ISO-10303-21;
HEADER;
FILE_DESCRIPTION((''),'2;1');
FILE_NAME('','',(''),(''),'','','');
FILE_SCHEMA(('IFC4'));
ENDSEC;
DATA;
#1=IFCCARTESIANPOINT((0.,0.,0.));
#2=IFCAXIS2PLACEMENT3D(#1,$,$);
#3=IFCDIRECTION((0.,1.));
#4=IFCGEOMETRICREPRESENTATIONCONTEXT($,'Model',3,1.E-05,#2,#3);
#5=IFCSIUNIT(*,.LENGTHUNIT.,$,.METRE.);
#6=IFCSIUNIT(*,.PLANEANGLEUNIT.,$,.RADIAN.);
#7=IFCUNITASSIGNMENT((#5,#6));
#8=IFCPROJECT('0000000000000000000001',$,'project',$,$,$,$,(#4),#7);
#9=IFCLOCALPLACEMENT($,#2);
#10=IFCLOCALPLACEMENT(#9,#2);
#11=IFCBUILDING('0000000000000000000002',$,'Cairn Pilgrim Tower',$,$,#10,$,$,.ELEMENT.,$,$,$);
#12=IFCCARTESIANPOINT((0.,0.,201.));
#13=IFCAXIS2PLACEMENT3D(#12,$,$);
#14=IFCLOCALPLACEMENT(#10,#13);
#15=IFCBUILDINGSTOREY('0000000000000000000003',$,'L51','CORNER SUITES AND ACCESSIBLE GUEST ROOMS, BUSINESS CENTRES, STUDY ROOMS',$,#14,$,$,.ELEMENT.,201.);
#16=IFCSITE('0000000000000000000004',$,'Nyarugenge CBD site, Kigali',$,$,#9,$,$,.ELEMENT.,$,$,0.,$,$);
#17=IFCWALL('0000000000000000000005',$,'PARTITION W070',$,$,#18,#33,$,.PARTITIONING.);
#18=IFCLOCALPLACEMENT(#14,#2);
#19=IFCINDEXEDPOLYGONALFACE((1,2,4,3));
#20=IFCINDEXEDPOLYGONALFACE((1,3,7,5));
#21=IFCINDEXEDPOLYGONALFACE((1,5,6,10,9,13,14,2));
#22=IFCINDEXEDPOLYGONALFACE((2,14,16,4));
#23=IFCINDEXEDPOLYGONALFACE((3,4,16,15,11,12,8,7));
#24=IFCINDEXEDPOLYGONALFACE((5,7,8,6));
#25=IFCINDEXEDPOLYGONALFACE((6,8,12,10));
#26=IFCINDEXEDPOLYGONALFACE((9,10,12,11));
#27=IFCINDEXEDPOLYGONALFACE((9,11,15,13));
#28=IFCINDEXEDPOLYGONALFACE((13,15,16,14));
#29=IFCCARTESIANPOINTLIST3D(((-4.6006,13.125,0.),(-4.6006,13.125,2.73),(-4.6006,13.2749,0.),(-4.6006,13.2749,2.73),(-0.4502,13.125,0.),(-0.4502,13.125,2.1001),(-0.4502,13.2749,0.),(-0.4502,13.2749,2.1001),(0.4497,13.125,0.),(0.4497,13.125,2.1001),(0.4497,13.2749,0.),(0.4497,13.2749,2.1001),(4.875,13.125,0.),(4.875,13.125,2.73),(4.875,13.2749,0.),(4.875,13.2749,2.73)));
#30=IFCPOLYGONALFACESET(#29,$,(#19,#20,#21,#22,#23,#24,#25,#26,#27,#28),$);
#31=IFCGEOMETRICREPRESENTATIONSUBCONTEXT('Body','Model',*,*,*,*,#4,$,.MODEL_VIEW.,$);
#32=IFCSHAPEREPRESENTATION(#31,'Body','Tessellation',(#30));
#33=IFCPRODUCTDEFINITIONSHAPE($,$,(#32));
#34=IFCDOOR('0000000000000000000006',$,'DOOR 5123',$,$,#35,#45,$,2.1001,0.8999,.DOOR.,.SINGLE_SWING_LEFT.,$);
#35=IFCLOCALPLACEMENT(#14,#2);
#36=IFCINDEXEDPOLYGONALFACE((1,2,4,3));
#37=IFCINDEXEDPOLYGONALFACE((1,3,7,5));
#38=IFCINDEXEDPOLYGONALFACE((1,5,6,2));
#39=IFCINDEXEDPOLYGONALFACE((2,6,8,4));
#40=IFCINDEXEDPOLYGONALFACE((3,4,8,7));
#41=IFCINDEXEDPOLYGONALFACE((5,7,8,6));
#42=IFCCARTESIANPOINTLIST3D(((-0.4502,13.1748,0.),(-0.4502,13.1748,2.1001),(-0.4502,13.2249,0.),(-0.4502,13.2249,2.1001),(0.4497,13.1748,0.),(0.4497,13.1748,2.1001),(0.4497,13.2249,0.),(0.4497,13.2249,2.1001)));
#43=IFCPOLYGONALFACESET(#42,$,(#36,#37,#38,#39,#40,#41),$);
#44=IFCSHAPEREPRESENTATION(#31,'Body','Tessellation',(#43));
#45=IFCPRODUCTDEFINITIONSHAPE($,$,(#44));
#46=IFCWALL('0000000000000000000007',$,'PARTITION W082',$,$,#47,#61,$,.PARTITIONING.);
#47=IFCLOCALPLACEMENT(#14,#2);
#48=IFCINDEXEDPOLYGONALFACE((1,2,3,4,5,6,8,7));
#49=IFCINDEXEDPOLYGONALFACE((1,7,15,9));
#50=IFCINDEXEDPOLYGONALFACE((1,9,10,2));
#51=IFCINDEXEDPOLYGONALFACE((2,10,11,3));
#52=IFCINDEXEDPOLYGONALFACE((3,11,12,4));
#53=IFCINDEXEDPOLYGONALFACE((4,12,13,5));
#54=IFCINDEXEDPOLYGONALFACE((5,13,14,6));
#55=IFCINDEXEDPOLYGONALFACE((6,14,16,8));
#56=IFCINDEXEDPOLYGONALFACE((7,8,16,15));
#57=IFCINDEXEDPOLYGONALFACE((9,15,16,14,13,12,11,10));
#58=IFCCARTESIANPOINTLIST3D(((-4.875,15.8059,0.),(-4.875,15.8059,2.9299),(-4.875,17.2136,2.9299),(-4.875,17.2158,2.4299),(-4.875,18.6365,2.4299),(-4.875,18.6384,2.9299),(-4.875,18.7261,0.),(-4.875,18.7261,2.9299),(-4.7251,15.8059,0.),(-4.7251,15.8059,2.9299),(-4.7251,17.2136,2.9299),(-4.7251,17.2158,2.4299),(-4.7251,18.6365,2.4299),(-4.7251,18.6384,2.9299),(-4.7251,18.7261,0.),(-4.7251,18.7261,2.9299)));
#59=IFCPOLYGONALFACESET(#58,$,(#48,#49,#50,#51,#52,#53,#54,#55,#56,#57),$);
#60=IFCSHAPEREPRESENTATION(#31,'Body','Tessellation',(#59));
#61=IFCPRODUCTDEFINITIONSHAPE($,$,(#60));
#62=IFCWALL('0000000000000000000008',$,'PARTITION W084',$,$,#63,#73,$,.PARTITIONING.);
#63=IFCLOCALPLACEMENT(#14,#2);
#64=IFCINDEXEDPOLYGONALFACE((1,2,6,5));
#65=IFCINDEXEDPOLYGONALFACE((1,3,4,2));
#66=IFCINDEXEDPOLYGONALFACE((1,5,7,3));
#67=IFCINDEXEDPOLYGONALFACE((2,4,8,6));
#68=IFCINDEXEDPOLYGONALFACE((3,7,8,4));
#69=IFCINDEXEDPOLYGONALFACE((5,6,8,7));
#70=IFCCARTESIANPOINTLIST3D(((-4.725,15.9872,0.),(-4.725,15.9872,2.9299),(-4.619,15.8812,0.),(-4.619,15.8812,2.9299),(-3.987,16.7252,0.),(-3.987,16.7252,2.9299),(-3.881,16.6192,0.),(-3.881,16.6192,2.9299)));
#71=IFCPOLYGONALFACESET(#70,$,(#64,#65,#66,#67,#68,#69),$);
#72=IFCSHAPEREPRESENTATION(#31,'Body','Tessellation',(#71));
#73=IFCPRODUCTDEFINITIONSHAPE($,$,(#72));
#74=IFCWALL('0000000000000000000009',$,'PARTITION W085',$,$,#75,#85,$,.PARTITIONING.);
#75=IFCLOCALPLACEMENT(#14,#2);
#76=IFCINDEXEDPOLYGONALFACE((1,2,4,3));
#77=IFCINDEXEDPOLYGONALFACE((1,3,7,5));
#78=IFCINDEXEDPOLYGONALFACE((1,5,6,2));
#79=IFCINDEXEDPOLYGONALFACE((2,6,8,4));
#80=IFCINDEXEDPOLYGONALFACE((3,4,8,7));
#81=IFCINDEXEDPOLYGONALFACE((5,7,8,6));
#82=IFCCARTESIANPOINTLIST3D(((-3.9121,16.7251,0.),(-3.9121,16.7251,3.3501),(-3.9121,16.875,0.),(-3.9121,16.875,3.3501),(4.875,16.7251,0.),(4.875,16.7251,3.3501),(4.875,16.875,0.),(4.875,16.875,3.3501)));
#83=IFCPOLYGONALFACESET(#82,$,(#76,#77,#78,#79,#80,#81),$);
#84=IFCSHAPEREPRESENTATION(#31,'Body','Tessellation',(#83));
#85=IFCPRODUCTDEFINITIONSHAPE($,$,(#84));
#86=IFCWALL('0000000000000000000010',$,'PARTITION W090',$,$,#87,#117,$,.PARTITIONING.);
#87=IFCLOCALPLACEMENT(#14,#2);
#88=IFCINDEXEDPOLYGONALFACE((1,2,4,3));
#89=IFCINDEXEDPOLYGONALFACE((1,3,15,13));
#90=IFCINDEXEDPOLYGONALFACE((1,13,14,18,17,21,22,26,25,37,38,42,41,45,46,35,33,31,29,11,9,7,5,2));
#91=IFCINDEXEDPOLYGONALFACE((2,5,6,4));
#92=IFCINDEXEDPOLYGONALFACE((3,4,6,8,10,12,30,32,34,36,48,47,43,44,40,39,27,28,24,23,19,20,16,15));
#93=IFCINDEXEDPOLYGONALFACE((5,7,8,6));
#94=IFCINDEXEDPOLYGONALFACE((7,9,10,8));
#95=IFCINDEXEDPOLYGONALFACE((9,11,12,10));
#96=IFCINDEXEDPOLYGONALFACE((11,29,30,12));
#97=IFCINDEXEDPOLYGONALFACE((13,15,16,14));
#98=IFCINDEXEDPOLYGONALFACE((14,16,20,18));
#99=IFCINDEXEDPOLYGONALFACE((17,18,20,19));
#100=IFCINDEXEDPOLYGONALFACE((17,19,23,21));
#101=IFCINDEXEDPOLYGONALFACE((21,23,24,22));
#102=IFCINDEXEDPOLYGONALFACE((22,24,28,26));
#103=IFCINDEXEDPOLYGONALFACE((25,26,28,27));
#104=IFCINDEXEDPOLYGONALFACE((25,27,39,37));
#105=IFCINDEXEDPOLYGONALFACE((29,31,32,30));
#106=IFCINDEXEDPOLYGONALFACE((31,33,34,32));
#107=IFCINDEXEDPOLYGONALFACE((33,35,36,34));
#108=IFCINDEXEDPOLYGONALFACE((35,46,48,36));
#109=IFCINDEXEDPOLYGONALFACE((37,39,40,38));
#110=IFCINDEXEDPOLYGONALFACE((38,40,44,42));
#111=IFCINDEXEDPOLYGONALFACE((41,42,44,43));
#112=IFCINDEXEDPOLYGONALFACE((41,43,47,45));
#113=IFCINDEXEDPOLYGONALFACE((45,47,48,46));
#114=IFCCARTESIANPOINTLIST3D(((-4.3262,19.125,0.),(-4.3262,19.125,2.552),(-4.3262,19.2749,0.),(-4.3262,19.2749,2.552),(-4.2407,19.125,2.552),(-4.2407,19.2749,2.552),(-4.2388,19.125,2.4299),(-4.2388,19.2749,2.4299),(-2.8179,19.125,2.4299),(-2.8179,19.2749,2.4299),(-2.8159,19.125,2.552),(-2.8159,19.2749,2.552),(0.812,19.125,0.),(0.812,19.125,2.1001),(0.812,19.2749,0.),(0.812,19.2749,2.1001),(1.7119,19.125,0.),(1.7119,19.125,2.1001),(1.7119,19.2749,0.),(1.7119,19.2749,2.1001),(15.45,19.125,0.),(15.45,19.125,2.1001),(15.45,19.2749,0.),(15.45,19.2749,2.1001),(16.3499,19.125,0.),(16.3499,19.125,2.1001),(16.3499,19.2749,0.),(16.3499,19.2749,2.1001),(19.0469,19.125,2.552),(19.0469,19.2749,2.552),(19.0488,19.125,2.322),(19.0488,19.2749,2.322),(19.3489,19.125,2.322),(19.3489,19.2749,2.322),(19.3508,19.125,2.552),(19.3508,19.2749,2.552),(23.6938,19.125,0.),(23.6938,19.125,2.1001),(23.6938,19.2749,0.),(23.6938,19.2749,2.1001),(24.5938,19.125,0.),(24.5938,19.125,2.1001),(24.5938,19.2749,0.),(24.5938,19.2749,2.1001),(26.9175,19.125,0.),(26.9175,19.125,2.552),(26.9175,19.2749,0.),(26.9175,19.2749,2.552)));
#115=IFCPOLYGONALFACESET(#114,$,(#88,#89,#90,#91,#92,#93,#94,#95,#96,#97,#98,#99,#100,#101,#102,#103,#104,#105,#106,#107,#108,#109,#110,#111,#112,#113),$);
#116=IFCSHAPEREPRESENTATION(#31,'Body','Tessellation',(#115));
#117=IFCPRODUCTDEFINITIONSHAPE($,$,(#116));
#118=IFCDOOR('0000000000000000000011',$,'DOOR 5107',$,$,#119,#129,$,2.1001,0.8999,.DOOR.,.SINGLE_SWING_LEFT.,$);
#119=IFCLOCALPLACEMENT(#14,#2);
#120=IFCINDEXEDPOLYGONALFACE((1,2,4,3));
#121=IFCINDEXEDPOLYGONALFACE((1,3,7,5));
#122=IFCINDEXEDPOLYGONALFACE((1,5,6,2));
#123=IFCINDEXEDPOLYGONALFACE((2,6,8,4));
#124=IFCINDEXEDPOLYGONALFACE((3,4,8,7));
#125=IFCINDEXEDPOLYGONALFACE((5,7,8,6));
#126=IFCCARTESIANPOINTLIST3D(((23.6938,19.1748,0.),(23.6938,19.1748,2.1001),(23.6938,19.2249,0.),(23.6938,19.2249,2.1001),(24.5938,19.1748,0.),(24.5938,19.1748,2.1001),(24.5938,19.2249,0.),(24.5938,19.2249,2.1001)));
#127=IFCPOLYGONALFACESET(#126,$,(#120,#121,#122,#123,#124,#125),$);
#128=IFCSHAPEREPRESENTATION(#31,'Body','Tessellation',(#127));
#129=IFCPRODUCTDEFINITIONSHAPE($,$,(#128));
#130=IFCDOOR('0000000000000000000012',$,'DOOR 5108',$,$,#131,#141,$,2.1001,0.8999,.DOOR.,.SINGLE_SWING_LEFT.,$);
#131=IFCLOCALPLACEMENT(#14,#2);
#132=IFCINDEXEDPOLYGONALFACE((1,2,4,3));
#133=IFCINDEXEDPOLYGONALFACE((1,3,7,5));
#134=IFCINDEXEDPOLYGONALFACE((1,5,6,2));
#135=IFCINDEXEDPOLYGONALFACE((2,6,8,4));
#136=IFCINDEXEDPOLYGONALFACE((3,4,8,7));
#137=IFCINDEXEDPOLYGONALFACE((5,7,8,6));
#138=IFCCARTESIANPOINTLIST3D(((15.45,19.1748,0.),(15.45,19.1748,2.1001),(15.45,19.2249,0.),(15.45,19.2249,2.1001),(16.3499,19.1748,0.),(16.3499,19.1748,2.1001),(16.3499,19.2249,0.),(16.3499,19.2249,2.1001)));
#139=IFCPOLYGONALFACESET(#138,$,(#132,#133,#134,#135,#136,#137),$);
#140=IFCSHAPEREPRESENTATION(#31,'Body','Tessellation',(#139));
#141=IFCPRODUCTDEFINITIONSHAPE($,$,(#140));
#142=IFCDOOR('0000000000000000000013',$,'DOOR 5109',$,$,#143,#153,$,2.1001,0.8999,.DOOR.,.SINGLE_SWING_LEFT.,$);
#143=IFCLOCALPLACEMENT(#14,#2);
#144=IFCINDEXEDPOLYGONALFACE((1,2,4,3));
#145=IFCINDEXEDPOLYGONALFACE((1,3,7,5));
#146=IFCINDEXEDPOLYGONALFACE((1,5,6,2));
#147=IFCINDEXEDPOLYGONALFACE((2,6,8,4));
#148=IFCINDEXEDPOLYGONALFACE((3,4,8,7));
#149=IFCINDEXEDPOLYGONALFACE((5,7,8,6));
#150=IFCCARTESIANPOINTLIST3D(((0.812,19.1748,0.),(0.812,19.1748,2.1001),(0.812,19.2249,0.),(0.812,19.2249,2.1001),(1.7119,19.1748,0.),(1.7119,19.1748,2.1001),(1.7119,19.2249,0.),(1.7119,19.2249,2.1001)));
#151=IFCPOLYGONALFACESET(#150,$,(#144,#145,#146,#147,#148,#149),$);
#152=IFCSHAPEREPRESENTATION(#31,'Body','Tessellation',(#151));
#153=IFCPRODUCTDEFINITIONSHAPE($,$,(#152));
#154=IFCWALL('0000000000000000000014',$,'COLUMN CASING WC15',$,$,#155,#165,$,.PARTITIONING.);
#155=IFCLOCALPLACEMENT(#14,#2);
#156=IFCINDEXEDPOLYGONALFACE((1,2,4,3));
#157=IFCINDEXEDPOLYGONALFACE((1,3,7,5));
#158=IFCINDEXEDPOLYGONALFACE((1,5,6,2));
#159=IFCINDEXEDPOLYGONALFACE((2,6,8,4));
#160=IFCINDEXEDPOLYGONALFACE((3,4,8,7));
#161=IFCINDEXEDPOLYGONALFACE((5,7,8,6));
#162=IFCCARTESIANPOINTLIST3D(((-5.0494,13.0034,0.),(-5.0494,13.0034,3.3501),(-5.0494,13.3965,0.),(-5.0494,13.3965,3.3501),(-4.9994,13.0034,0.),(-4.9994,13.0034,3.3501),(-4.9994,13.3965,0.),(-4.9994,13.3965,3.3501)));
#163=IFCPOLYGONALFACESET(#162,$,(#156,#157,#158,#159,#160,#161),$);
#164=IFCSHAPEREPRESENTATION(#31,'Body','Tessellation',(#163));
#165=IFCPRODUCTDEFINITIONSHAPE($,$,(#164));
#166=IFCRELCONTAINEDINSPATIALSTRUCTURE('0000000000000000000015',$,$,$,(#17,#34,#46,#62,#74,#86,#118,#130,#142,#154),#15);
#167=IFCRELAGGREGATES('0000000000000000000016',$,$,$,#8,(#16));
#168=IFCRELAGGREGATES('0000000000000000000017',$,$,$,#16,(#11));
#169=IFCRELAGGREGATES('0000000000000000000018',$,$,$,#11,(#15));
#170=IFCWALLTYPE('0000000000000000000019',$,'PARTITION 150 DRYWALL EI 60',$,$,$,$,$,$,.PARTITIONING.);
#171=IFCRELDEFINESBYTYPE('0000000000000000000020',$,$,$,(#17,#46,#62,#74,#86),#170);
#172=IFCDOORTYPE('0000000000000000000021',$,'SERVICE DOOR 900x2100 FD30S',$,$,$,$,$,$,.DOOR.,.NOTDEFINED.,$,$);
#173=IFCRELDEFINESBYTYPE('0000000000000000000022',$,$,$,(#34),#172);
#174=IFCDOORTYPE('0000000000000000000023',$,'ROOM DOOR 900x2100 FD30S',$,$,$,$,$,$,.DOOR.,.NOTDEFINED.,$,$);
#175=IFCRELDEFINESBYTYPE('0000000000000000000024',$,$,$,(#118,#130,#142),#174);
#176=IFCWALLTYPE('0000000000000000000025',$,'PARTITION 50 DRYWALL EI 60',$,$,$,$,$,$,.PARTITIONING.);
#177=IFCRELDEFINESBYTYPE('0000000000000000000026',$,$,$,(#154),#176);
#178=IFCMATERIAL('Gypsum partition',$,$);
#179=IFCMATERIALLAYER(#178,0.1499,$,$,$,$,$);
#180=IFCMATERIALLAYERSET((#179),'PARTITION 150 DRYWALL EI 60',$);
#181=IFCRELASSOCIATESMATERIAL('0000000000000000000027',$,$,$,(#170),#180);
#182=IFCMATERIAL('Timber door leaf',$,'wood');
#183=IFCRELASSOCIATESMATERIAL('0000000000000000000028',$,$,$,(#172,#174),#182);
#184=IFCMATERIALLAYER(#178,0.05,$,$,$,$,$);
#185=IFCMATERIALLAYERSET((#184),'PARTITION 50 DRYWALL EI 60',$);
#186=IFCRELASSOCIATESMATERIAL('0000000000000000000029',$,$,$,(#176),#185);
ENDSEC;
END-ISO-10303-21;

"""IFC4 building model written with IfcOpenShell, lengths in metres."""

from ifc_helpers import new_model, si_unit, direction, frame, frame_2d, origin, place, context, subcontext, project, spatial, polyline, rectangle, outline, extrude, material, layer, layer_set, type_object, element, fill, save


model = new_model("IFC4")

# Units and contexts
model_context = context("Model", 3, precision=1e-05, world=origin(), true_north=direction((0.0, 1.0)))
body_context = subcontext(model_context, "Body", "Model", "MODEL_VIEW")
ifc_project = project(units=[si_unit("LENGTHUNIT", "METRE"), si_unit("PLANEANGLEUNIT", "RADIAN")], contexts=[model_context])

# Site, building, storey
site_placement = place(None, origin())
site = spatial("IfcSite", under=ifc_project, at=site_placement, Name="Nyarugenge CBD site, Kigali", CompositionType="ELEMENT", RefElevation=0.0)
building_placement = place(site_placement, origin())
building = spatial("IfcBuilding", under=site, at=building_placement, Name="Cairn Pilgrim Tower", CompositionType="ELEMENT")
storey_placement = place(building_placement, frame((0.0, 0.0, 201.0)))
storey = spatial("IfcBuildingStorey", under=building, at=storey_placement, Name="L51", Description="CORNER SUITES AND ACCESSIBLE GUEST ROOMS, BUSINESS CENTRES, STUDY ROOMS", CompositionType="ELEMENT", Elevation=201.0)

# Wall, opening, door
ifc_material_1 = material(Name="Gypsum partition")
ifc_layer_1 = layer(ifc_material_1, 0.1499)
ifc_layer_set_1 = layer_set([ifc_layer_1], Name="PARTITION 150 DRYWALL EI 60")
wall_type_1 = type_object("IfcWallType", Name="PARTITION 150 DRYWALL EI 60", PredefinedType="PARTITIONING", material=ifc_layer_set_1)
wall_1_placement = place(storey_placement, frame((-4.6006, 13.2, 0.0), z_axis=(0.0, 0.0, 1.0), x_axis=(1.0, 0.0, 0.0)))
wall_1 = element("IfcWall", 1, at=wall_1_placement, inside=storey, type_object=wall_type_1, Name="PARTITION W070", PredefinedType="PARTITIONING", context=body_context, shape_type="SweptSolid", body=[
    extrude(rectangle(XDim=9.4756, YDim=0.1499, at=frame_2d((4.7378, 0.0))), origin(), (0.0, 0.0, 1.0), 2.73),
])
opening_1_placement = place(wall_1_placement, frame((4.1504, 0.0, 0.0)))
opening_1 = element("IfcOpeningElement", 2, at=opening_1_placement, cuts=wall_1, PredefinedType="OPENING", context=body_context, shape_type="SweptSolid", body=[
    extrude(rectangle(XDim=0.8999, YDim=2.1001, at=frame_2d((0.45, 1.05))), frame((0.0, 0.085, 0.0), z_axis=(0.0, -1.0, 0.0), x_axis=(1.0, 0.0, 0.0)), (0.0, 0.0, 1.0), 0.1699),
])
ifc_material_2 = material(Name="Timber door leaf", Category="wood")
door_type_1 = type_object("IfcDoorType", Name="SERVICE DOOR 900x2100 FD30S", OperationType="NOTDEFINED", PredefinedType="DOOR", material=ifc_material_2)
door_1_placement = place(opening_1_placement, origin())
door_1 = element("IfcDoor", 3, at=door_1_placement, inside=storey, type_object=door_type_1, Name="DOOR 5123", OperationType="SINGLE_SWING_LEFT", OverallHeight=2.1001, OverallWidth=0.8999, PredefinedType="DOOR", context=body_context, shape_type="SweptSolid", body=[
    extrude(rectangle(XDim=0.8999, YDim=2.1001, at=frame_2d((0.45, 1.05))), frame((0.0, 0.0249, 0.0), z_axis=(0.0, -1.0, 0.0), x_axis=(1.0, 0.0, 0.0)), (0.0, 0.0, 1.0), 0.05),
])
fill(opening_1, door_1)

# Walls
wall_2_placement = place(storey_placement, frame((-4.8, 15.8059, 0.0), z_axis=(0.0, 0.0, 1.0), x_axis=(0.0, 1.0, 0.0)))
element("IfcWall", 4, at=wall_2_placement, inside=storey, type_object=wall_type_1, Name="PARTITION W082", PredefinedType="PARTITIONING", context=body_context, shape_type="SweptSolid", body=[
    extrude(outline(polyline([(0.0, 0.0), (2.9202, 0.0), (2.9202, 2.9299), (2.8325, 2.9299), (2.8306, 2.4299), (1.4099, 2.4299), (1.4077, 2.9299), (0.0, 2.9299), (0.0, 0.0)])), frame((0.0, 0.075, 0.0), z_axis=(0.0, -1.0, 0.0), x_axis=(1.0, 0.0, 0.0)), (0.0, 0.0, 1.0), 0.1499),
])
wall_3_placement = place(storey_placement, frame((-4.6721, 15.9341, 0.0), z_axis=(0.0, 0.0, 1.0), x_axis=(0.707107, 0.707107, 0.0)))
element("IfcWall", 5, at=wall_3_placement, inside=storey, type_object=wall_type_1, Name="PARTITION W084", PredefinedType="PARTITIONING", context=body_context, shape_type="SweptSolid", body=[
    extrude(rectangle(XDim=1.0437, YDim=0.1499, at=frame_2d((0.522, 0.0))), origin(), (0.0, 0.0, 1.0), 2.9299),
])
wall_4_placement = place(storey_placement, frame((-3.9121, 16.8, 0.0), z_axis=(0.0, 0.0, 1.0), x_axis=(1.0, 0.0, 0.0)))
element("IfcWall", 6, at=wall_4_placement, inside=storey, type_object=wall_type_1, Name="PARTITION W085", PredefinedType="PARTITIONING", context=body_context, shape_type="SweptSolid", body=[
    extrude(rectangle(XDim=8.7871, YDim=0.1499, at=frame_2d((4.3936, 0.0))), origin(), (0.0, 0.0, 1.0), 3.3501),
])

# Wall, openings, doors
wall_5_placement = place(storey_placement, frame((-4.3262, 19.2, 0.0), z_axis=(0.0, 0.0, 1.0), x_axis=(1.0, 0.0, 0.0)))
wall_5 = element("IfcWall", 7, at=wall_5_placement, inside=storey, type_object=wall_type_1, Name="PARTITION W090", PredefinedType="PARTITIONING", context=body_context, shape_type="SweptSolid", body=[
    extrude(outline(polyline([(0.0, 0.0), (31.2437, 0.0), (31.2437, 2.552), (23.677, 2.552), (23.675, 2.322), (23.375, 2.322), (23.373, 2.552), (1.5103, 2.552), (1.5083, 2.4299), (0.0874, 2.4299), (0.0854, 2.552), (0.0, 2.552), (0.0, 0.0)])), frame((0.0, 0.075, 0.0), z_axis=(0.0, -1.0, 0.0), x_axis=(1.0, 0.0, 0.0)), (0.0, 0.0, 1.0), 0.1499),
])
opening_2_placement = place(wall_5_placement, frame((28.02, 0.0, 0.0)))
opening_2 = element("IfcOpeningElement", 8, at=opening_2_placement, cuts=wall_5, PredefinedType="OPENING", context=body_context, shape_type="SweptSolid", body=[
    extrude(rectangle(XDim=0.8999, YDim=2.1001, at=frame_2d((0.45, 1.05))), frame((0.0, 0.085, 0.0), z_axis=(0.0, -1.0, 0.0), x_axis=(1.0, 0.0, 0.0)), (0.0, 0.0, 1.0), 0.1699),
])
opening_3_placement = place(wall_5_placement, frame((19.7761, 0.0, 0.0)))
opening_3 = element("IfcOpeningElement", 9, at=opening_3_placement, cuts=wall_5, PredefinedType="OPENING", context=body_context, shape_type="SweptSolid", body=[
    extrude(rectangle(XDim=0.8999, YDim=2.1001, at=frame_2d((0.45, 1.05))), frame((0.0, 0.085, 0.0), z_axis=(0.0, -1.0, 0.0), x_axis=(1.0, 0.0, 0.0)), (0.0, 0.0, 1.0), 0.1699),
])
opening_4_placement = place(wall_5_placement, frame((5.1382, 0.0, 0.0)))
opening_4 = element("IfcOpeningElement", 10, at=opening_4_placement, cuts=wall_5, PredefinedType="OPENING", context=body_context, shape_type="SweptSolid", body=[
    extrude(rectangle(XDim=0.8999, YDim=2.1001, at=frame_2d((0.45, 1.05))), frame((0.0, 0.085, 0.0), z_axis=(0.0, -1.0, 0.0), x_axis=(1.0, 0.0, 0.0)), (0.0, 0.0, 1.0), 0.1699),
])
door_type_2 = type_object("IfcDoorType", Name="ROOM DOOR 900x2100 FD30S", OperationType="NOTDEFINED", PredefinedType="DOOR", material=ifc_material_2)
door_2_placement = place(opening_2_placement, origin())
door_2 = element("IfcDoor", 11, at=door_2_placement, inside=storey, type_object=door_type_2, Name="DOOR 5107", OperationType="SINGLE_SWING_LEFT", OverallHeight=2.1001, OverallWidth=0.8999, PredefinedType="DOOR", context=body_context, shape_type="SweptSolid", body=[
    extrude(rectangle(XDim=0.8999, YDim=2.1001, at=frame_2d((0.45, 1.05))), frame((0.0, 0.0249, 0.0), z_axis=(0.0, -1.0, 0.0), x_axis=(1.0, 0.0, 0.0)), (0.0, 0.0, 1.0), 0.05),
])
fill(opening_2, door_2)
door_3_placement = place(opening_3_placement, origin())
door_3 = element("IfcDoor", 12, at=door_3_placement, inside=storey, type_object=door_type_2, Name="DOOR 5108", OperationType="SINGLE_SWING_LEFT", OverallHeight=2.1001, OverallWidth=0.8999, PredefinedType="DOOR", context=body_context, shape_type="SweptSolid", body=[
    extrude(rectangle(XDim=0.8999, YDim=2.1001, at=frame_2d((0.45, 1.05))), frame((0.0, 0.0249, 0.0), z_axis=(0.0, -1.0, 0.0), x_axis=(1.0, 0.0, 0.0)), (0.0, 0.0, 1.0), 0.05),
])
fill(opening_3, door_3)
door_4_placement = place(opening_4_placement, origin())
door_4 = element("IfcDoor", 13, at=door_4_placement, inside=storey, type_object=door_type_2, Name="DOOR 5109", OperationType="SINGLE_SWING_LEFT", OverallHeight=2.1001, OverallWidth=0.8999, PredefinedType="DOOR", context=body_context, shape_type="SweptSolid", body=[
    extrude(rectangle(XDim=0.8999, YDim=2.1001, at=frame_2d((0.45, 1.05))), frame((0.0, 0.0249, 0.0), z_axis=(0.0, -1.0, 0.0), x_axis=(1.0, 0.0, 0.0)), (0.0, 0.0, 1.0), 0.05),
])
fill(opening_4, door_4)

# Wall
ifc_layer_2 = layer(ifc_material_1, 0.05)
ifc_layer_set_2 = layer_set([ifc_layer_2], Name="PARTITION 50 DRYWALL EI 60")
wall_type_2 = type_object("IfcWallType", Name="PARTITION 50 DRYWALL EI 60", PredefinedType="PARTITIONING", material=ifc_layer_set_2)
wall_6_placement = place(storey_placement, frame((-5.0244, 13.0034, 0.0), z_axis=(0.0, 0.0, 1.0), x_axis=(0.0, 1.0, 0.0)))
element("IfcWall", 14, at=wall_6_placement, inside=storey, type_object=wall_type_2, Name="COLUMN CASING WC15", PredefinedType="PARTITIONING", context=body_context, shape_type="SweptSolid", body=[
    extrude(rectangle(XDim=0.3931, YDim=0.05, at=frame_2d((0.1965, 0.0))), origin(), (0.0, 0.0, 1.0), 3.3501),
])

save(model, "model.ifc")
